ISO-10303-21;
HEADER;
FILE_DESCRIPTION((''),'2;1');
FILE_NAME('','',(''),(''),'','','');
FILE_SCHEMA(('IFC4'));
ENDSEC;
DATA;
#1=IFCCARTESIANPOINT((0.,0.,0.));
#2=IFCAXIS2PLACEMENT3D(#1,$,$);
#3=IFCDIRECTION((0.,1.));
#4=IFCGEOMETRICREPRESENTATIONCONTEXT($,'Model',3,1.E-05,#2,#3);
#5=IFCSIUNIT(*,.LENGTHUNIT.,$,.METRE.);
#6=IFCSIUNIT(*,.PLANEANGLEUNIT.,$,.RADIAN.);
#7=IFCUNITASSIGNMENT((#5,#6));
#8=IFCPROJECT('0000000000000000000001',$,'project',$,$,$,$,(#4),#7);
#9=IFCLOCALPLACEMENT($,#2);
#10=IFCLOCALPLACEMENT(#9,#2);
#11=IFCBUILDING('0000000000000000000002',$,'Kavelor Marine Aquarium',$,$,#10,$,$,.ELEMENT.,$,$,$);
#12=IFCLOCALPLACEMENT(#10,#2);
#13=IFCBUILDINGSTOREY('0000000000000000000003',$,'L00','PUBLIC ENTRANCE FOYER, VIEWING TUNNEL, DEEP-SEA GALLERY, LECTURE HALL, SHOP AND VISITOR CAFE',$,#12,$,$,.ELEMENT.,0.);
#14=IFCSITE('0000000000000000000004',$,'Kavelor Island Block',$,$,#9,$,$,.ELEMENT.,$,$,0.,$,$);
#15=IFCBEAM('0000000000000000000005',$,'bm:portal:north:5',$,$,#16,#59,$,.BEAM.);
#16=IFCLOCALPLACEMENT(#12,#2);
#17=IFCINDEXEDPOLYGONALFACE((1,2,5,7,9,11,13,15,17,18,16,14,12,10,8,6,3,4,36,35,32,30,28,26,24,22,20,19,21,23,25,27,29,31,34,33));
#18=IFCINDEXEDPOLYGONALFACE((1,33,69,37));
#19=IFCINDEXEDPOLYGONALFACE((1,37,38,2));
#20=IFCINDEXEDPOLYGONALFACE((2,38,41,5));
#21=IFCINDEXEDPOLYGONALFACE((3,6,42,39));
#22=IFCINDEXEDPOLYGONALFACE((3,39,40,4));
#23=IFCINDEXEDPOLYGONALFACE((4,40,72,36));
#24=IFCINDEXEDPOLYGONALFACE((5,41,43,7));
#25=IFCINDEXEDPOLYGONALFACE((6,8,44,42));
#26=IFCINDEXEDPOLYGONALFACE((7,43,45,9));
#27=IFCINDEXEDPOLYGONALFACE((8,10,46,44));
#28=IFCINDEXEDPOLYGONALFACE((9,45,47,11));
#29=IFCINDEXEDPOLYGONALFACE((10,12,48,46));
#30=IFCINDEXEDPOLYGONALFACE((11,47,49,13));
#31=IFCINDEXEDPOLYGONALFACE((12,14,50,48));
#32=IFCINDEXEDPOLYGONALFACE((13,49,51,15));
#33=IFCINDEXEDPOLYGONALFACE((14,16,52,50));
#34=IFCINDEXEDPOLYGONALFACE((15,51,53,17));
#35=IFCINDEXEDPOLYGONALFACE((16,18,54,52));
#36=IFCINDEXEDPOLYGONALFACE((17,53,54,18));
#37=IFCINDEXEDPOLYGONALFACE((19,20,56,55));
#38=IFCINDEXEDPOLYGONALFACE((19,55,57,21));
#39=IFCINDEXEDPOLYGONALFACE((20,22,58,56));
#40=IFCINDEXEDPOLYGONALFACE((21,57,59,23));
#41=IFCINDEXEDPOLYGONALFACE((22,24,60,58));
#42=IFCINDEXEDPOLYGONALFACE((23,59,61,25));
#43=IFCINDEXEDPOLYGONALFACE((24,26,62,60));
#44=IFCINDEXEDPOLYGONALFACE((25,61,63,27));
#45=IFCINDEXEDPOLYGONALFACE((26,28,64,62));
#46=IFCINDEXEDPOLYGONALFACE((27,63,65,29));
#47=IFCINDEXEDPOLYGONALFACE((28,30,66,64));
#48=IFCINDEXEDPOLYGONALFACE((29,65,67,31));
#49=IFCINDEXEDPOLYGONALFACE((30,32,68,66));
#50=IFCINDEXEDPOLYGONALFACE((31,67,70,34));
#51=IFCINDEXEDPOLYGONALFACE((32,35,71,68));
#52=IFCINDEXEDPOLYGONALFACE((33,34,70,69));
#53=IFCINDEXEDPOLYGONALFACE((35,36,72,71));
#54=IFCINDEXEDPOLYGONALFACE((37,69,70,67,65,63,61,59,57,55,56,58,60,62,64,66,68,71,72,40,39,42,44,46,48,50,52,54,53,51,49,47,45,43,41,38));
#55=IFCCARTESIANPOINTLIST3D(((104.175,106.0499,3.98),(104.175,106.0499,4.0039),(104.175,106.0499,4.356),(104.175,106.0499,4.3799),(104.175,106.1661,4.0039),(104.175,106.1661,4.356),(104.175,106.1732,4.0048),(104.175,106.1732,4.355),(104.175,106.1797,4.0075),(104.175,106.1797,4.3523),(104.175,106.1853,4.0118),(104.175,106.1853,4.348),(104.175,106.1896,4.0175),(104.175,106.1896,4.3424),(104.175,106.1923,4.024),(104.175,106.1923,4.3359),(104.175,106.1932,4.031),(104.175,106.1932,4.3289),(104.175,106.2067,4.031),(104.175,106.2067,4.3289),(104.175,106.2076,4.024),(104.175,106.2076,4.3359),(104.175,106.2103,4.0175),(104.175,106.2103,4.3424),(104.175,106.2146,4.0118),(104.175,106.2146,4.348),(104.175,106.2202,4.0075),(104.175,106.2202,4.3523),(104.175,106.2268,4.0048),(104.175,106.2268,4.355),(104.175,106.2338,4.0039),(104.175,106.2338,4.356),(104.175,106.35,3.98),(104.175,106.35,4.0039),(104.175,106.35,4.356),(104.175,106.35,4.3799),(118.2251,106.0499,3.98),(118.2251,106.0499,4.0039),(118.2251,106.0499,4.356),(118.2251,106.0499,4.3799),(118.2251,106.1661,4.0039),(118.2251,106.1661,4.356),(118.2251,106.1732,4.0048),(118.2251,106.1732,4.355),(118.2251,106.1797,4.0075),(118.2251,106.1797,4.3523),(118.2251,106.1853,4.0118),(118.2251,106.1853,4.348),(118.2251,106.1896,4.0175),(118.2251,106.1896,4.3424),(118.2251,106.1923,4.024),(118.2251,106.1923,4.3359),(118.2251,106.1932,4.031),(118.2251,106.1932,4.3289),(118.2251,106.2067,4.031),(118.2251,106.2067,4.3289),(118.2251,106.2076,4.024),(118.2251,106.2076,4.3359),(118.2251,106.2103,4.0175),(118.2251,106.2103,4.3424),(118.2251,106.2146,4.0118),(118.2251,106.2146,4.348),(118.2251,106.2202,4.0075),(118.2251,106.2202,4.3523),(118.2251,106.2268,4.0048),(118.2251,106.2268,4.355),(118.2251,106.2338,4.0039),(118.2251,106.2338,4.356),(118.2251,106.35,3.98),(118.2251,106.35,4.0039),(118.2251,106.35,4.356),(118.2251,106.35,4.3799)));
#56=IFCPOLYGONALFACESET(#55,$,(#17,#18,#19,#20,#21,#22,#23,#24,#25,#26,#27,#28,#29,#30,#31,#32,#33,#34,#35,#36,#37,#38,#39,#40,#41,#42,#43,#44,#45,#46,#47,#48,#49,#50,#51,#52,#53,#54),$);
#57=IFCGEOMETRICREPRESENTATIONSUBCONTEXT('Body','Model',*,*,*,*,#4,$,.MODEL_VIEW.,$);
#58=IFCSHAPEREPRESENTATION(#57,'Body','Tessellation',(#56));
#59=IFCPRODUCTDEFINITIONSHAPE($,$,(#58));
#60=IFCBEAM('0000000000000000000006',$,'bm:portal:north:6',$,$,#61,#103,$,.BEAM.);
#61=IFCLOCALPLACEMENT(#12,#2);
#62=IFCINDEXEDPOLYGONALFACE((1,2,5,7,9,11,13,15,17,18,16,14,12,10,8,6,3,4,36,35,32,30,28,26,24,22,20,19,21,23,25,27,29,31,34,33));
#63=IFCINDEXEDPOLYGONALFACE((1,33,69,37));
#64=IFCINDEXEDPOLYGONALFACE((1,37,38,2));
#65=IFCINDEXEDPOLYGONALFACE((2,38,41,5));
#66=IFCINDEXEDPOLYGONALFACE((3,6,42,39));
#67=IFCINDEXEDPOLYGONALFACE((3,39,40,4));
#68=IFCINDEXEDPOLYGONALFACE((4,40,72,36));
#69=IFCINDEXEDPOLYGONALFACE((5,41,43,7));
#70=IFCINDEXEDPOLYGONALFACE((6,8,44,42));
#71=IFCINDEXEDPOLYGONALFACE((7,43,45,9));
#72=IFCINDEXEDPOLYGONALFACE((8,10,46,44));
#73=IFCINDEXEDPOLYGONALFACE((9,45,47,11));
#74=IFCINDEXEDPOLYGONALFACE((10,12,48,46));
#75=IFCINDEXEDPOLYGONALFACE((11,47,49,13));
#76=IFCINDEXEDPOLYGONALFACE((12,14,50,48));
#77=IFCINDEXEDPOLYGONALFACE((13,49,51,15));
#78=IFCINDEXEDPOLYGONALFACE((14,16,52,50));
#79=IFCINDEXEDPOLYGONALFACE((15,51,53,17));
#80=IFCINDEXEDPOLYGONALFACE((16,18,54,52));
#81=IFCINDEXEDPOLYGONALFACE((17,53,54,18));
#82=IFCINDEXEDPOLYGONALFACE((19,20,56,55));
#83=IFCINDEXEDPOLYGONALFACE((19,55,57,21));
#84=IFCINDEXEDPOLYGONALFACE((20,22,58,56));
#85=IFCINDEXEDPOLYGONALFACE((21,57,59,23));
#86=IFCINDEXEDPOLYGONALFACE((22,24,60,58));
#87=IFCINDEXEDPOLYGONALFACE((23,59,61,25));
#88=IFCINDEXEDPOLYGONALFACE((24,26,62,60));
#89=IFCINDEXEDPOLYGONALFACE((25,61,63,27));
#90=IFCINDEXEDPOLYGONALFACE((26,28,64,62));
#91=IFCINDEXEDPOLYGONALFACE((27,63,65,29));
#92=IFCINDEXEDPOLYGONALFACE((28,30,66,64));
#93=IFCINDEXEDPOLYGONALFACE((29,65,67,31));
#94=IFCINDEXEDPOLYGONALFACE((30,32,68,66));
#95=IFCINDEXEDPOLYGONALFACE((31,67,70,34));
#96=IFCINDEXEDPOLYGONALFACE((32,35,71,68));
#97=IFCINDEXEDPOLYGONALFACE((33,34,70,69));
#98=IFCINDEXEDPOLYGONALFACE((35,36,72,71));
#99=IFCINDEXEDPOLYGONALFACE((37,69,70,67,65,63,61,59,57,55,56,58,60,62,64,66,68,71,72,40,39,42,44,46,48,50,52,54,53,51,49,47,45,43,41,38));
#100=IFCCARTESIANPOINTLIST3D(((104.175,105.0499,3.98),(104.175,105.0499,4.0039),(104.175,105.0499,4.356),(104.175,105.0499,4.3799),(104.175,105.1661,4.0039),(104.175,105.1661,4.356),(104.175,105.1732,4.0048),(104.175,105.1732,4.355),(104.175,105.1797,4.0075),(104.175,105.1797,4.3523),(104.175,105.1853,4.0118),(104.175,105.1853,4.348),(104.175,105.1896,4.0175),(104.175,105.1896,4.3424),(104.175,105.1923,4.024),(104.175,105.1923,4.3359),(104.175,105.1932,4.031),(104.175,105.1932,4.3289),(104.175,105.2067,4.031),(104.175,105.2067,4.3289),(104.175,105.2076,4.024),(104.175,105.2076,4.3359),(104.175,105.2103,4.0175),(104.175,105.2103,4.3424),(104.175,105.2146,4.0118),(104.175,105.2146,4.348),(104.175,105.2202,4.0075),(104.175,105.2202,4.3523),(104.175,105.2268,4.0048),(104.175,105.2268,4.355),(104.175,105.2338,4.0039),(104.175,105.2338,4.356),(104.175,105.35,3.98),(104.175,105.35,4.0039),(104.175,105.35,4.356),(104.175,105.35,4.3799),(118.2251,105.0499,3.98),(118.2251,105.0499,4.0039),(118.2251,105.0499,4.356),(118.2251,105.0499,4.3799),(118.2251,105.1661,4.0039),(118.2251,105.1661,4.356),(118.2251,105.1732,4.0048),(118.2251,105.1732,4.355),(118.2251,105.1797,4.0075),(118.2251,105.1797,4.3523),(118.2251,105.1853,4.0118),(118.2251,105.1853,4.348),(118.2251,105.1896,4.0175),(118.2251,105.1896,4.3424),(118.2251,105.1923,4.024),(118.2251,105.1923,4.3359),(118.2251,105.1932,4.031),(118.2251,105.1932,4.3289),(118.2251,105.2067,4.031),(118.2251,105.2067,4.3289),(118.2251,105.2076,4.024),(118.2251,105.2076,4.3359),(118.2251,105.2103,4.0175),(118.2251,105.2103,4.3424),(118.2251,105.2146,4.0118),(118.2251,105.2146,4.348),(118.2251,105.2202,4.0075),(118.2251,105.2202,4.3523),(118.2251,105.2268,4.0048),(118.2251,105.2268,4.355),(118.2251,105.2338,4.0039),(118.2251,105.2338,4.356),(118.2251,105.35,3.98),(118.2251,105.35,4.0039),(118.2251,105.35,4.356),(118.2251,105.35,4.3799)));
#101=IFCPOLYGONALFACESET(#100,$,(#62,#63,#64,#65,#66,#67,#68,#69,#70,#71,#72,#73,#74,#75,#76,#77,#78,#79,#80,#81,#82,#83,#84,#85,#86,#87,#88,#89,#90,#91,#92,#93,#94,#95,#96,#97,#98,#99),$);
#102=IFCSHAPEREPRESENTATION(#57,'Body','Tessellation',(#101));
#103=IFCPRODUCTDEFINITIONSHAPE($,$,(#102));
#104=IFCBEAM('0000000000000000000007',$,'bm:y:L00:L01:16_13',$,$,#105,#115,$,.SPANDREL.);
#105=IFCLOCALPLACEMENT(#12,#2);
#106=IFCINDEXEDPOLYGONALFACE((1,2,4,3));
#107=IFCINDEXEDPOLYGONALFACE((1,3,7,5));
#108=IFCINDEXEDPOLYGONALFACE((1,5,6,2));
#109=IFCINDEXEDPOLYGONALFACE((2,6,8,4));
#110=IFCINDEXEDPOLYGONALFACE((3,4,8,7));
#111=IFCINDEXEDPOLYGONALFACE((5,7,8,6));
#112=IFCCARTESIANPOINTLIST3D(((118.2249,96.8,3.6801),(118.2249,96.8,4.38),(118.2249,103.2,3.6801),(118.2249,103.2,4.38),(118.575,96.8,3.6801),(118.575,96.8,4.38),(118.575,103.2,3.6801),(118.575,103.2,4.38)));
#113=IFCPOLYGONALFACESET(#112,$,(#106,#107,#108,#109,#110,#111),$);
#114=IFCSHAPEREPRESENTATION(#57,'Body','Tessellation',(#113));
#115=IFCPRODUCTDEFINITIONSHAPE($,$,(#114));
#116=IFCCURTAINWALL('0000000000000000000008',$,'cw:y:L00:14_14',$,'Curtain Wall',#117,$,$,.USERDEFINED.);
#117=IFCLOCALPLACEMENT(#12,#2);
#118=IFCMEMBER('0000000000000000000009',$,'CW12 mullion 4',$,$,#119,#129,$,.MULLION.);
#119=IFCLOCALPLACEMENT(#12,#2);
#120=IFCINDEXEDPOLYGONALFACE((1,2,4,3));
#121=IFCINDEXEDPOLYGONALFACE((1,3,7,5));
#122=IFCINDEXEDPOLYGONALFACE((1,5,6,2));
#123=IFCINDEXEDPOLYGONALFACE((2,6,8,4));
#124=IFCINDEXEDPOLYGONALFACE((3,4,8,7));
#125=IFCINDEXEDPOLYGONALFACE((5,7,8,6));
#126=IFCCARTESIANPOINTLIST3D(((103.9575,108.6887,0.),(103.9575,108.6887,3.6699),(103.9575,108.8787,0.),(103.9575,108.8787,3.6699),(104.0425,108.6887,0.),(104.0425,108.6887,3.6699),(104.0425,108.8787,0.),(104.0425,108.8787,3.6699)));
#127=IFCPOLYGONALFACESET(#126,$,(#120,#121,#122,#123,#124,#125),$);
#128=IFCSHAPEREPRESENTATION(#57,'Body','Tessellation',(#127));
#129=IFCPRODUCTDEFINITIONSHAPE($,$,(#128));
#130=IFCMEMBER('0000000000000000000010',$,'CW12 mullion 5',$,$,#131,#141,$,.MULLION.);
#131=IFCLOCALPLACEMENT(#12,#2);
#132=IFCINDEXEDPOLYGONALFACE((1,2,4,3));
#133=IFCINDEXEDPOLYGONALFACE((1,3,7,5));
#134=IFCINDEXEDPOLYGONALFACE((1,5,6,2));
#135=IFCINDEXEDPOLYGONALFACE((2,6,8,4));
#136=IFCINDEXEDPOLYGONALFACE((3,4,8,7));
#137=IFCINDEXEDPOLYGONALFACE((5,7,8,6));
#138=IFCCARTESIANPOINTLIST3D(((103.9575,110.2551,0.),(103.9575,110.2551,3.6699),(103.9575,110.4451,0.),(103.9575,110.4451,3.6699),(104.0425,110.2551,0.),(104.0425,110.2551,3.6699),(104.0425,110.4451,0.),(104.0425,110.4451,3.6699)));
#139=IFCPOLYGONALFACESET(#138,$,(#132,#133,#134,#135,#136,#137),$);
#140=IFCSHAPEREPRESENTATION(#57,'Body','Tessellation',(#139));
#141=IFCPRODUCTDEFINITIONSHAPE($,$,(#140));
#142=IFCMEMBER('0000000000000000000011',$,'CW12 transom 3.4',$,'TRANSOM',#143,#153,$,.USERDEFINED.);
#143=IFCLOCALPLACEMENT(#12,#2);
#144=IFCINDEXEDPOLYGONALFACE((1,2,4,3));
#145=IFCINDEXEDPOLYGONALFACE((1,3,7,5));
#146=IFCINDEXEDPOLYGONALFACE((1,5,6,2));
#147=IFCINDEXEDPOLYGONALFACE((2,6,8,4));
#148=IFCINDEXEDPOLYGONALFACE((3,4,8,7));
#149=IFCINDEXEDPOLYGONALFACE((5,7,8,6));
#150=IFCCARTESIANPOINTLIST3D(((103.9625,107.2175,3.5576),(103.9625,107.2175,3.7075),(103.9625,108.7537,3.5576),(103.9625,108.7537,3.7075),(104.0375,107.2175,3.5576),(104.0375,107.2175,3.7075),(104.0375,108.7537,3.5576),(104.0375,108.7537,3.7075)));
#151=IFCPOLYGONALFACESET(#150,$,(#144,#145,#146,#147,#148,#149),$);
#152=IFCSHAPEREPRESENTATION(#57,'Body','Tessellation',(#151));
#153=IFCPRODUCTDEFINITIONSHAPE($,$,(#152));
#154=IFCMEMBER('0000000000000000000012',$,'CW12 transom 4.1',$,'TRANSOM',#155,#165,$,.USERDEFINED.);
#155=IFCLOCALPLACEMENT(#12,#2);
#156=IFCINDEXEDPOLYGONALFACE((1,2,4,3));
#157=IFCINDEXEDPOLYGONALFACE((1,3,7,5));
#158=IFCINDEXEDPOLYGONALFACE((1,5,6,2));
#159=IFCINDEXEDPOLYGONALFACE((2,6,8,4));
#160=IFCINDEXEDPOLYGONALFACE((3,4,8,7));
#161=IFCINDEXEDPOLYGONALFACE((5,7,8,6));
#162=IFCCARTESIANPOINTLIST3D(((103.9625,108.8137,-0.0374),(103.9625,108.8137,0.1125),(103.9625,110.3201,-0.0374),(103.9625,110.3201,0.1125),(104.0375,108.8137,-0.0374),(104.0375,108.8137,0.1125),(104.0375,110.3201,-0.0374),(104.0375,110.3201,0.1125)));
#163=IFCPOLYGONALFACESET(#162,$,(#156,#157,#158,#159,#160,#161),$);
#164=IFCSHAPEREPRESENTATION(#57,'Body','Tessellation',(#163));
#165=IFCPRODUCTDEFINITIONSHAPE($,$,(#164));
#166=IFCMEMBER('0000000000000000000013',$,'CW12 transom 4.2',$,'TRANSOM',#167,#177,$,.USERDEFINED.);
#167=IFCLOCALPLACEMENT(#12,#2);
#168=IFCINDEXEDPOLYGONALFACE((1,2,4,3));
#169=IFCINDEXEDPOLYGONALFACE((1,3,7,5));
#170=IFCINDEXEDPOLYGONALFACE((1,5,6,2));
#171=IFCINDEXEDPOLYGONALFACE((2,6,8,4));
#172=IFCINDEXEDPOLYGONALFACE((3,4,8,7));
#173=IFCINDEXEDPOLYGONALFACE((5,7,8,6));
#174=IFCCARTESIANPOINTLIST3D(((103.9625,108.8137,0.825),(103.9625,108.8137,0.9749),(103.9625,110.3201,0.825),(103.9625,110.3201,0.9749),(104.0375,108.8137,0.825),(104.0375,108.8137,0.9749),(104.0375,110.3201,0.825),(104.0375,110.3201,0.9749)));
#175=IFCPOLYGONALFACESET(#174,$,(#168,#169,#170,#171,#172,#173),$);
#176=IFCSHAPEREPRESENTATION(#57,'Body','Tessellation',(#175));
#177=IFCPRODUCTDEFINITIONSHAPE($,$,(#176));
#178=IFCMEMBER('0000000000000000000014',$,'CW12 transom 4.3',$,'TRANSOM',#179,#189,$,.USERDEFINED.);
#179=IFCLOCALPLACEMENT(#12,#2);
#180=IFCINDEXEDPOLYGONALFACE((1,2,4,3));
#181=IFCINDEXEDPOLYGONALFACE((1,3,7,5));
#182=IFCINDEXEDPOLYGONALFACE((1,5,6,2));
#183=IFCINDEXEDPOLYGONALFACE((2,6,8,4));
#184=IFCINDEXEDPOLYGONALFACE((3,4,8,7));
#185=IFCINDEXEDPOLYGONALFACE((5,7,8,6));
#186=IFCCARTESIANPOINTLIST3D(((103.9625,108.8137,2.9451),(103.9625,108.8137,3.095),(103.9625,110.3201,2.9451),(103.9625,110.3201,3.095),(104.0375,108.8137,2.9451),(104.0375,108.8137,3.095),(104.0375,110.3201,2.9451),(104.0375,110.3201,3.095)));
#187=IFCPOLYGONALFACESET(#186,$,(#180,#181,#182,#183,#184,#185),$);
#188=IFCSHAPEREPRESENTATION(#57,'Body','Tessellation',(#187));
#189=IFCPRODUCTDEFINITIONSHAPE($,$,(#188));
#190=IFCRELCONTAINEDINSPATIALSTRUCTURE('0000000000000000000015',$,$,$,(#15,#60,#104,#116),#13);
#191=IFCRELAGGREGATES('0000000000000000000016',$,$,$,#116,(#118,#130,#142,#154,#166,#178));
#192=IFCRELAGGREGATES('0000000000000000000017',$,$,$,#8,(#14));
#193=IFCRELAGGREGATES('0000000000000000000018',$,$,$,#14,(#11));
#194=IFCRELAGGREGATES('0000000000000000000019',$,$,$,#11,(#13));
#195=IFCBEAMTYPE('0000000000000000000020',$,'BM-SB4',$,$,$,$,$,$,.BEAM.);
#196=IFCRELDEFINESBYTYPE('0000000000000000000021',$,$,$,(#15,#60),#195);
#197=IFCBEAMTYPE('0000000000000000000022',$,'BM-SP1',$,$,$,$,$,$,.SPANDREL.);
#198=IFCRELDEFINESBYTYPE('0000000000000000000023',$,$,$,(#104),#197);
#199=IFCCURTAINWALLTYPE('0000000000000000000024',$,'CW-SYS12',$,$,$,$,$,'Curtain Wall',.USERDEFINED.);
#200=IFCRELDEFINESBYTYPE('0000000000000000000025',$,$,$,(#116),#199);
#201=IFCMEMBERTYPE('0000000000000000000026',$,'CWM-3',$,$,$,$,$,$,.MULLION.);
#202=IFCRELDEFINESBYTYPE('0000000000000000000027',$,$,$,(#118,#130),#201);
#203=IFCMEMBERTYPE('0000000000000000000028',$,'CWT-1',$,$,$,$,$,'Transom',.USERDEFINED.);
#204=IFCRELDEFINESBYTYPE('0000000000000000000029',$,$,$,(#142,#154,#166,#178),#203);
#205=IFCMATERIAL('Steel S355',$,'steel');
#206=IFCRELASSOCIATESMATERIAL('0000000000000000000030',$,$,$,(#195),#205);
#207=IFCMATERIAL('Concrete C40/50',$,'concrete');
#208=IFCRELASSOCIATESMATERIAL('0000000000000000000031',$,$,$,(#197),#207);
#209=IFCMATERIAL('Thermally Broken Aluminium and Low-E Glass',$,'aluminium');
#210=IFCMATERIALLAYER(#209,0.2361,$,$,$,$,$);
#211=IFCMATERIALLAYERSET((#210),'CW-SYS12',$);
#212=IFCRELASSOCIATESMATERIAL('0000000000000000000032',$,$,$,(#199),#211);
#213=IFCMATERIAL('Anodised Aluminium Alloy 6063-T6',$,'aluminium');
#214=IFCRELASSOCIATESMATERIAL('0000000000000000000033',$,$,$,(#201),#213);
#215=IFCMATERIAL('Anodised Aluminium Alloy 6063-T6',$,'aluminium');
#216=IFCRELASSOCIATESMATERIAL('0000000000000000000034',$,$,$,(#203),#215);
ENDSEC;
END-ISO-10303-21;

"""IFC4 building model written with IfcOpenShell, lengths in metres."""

from ifc_helpers import new_model, si_unit, direction, frame, origin, origin_2d, place, context, subcontext, project, spatial, rectangle, i_section, extrude, material, layer, layer_set, material_profile, profile_set, type_object, element, aggregate, save


model = new_model("IFC4")

# Units and contexts
model_context = context("Model", 3, precision=1e-05, world=origin(), true_north=direction((0.0, 1.0)))
body_context = subcontext(model_context, "Body", "Model", "MODEL_VIEW")
ifc_project = project(units=[si_unit("LENGTHUNIT", "METRE"), si_unit("PLANEANGLEUNIT", "RADIAN")], contexts=[model_context])

# Site, building, storey
site_placement = place(None, origin())
site = spatial("IfcSite", under=ifc_project, at=site_placement, Name="Kavelor Island Block", CompositionType="ELEMENT", RefElevation=0.0)
building_placement = place(site_placement, origin())
building = spatial("IfcBuilding", under=site, at=building_placement, Name="Kavelor Marine Aquarium", CompositionType="ELEMENT")
storey_placement = place(building_placement, origin())
storey = spatial("IfcBuildingStorey", under=building, at=storey_placement, Name="L00", Description="PUBLIC ENTRANCE FOYER, VIEWING TUNNEL, DEEP-SEA GALLERY, LECTURE HALL, SHOP AND VISITOR CAFE", CompositionType="ELEMENT", Elevation=0.0)

# Beams
ifc_material_1 = material(Name="Steel S355", Category="steel")
ifc_material_profile_1 = material_profile(ifc_material_1, i_section(OverallWidth=0.3, OverallDepth=0.3999, WebThickness=0.0134, FlangeThickness=0.0239, FilletRadius=0.0271, at=origin_2d()), Name="HEB 400")
ifc_profile_set_1 = profile_set([ifc_material_profile_1], Name="Steel S355")
beam_type_1 = type_object("IfcBeamType", Name="BM-SB4", PredefinedType="BEAM", material=ifc_profile_set_1)
for number, where, z_axis, x_axis, name in (
    (1, (104.175, 106.2, 4.1799), (1.0, 0.0, 0.0), (0.0, 1.0, 0.0), "bm:portal:north:5"),
    (2, (104.175, 105.2, 4.1799), (1.0, 0.0, 0.0), (0.0, 1.0, 0.0), "bm:portal:north:6"),
):
    element("IfcBeam", number, at=place(storey_placement, frame(where, z_axis=z_axis, x_axis=x_axis)), inside=storey, type_object=beam_type_1, Name=name, PredefinedType="BEAM", context=body_context, shape_type="SweptSolid", body=[
        extrude(i_section(OverallWidth=0.3, OverallDepth=0.3999, WebThickness=0.0134, FlangeThickness=0.0239, FilletRadius=0.0271, at=origin_2d()), origin(), (0.0, 0.0, 1.0), 14.05),
    ])
ifc_material_2 = material(Name="Concrete C40/50", Category="concrete")
ifc_material_profile_2 = material_profile(ifc_material_2, rectangle(XDim=0.3501, YDim=0.7, at=origin_2d()), Name="RC-SP 350x700")
ifc_profile_set_2 = profile_set([ifc_material_profile_2], Name="Concrete C40/50")
beam_type_2 = type_object("IfcBeamType", Name="BM-SP1", PredefinedType="SPANDREL", material=ifc_profile_set_2)
beam_placement = place(storey_placement, frame((118.3999, 96.8, 4.03), z_axis=(0.0, 1.0, 0.0), x_axis=(-1.0, 0.0, 0.0)))
element("IfcBeam", 3, at=beam_placement, inside=storey, type_object=beam_type_2, Name="bm:y:L00:L01:16_13", PredefinedType="SPANDREL", context=body_context, shape_type="SweptSolid", body=[
    extrude(rectangle(XDim=0.3501, YDim=0.7, at=origin_2d()), origin(), (0.0, 0.0, 1.0), 6.3999),
])

# Curtain wall, members
ifc_material_3 = material(Name="Thermally Broken Aluminium and Low-E Glass", Category="aluminium")
ifc_layer_1 = layer(ifc_material_3, 0.2361)
ifc_layer_set_1 = layer_set([ifc_layer_1], Name="CW-SYS12")
curtain_wall_type = type_object("IfcCurtainWallType", Name="CW-SYS12", ElementType="Curtain Wall", PredefinedType="USERDEFINED", material=ifc_layer_set_1)
curtain_wall_placement = place(storey_placement, origin())
curtain_wall = element("IfcCurtainWall", 4, at=curtain_wall_placement, inside=storey, type_object=curtain_wall_type, Name="cw:y:L00:14_14", ObjectType="Curtain Wall", PredefinedType="USERDEFINED")
ifc_material_4 = material(Name="Anodised Aluminium Alloy 6063-T6", Category="aluminium")
ifc_material_profile_3 = material_profile(ifc_material_4, rectangle(XDim=0.085, YDim=0.1899, at=origin_2d()), Name="CW-MUL 85x190")
ifc_profile_set_3 = profile_set([ifc_material_profile_3], Name="Anodised Aluminium Alloy 6063-T6")
member_type_1 = type_object("IfcMemberType", Name="CWM-3", PredefinedType="MULLION", material=ifc_profile_set_3)
member_1_placement = place(storey_placement, frame((104.0, 108.7837, 0.0), z_axis=(0.0, 0.0, 1.0), x_axis=(-1.0, 0.0, 0.0)))
member_1 = element("IfcMember", 5, at=member_1_placement, type_object=member_type_1, Name="CW12 mullion 4", PredefinedType="MULLION", context=body_context, shape_type="SweptSolid", body=[
    extrude(rectangle(XDim=0.085, YDim=0.1899, at=origin_2d()), origin(), (0.0, 0.0, 1.0), 3.6699),
])
member_2_placement = place(storey_placement, frame((104.0, 110.3501, 0.0), z_axis=(0.0, 0.0, 1.0), x_axis=(-1.0, 0.0, 0.0)))
member_2 = element("IfcMember", 6, at=member_2_placement, type_object=member_type_1, Name="CW12 mullion 5", PredefinedType="MULLION", context=body_context, shape_type="SweptSolid", body=[
    extrude(rectangle(XDim=0.085, YDim=0.1899, at=origin_2d()), origin(), (0.0, 0.0, 1.0), 3.6699),
])
ifc_material_5 = material(Name="Anodised Aluminium Alloy 6063-T6", Category="aluminium")
ifc_material_profile_4 = material_profile(ifc_material_5, rectangle(XDim=0.075, YDim=0.1499, at=origin_2d()), Name="CW-TRN 75x150")
ifc_profile_set_4 = profile_set([ifc_material_profile_4], Name="Anodised Aluminium Alloy 6063-T6")
member_type_2 = type_object("IfcMemberType", Name="CWT-1", ElementType="Transom", PredefinedType="USERDEFINED", material=ifc_profile_set_4)
member_3_placement = place(storey_placement, frame((104.0, 107.2175, 3.6326), z_axis=(0.0, 1.0, 0.0), x_axis=(-1.0, 0.0, 0.0)))
member_3 = element("IfcMember", 7, at=member_3_placement, type_object=member_type_2, Name="CW12 transom 3.4", ObjectType="TRANSOM", PredefinedType="USERDEFINED", context=body_context, shape_type="SweptSolid", body=[
    extrude(rectangle(XDim=0.075, YDim=0.1499, at=origin_2d()), origin(), (0.0, 0.0, 1.0), 1.5361),
])
member_4_placement = place(storey_placement, frame((104.0, 108.8137, 0.0376), z_axis=(0.0, 1.0, 0.0), x_axis=(-1.0, 0.0, 0.0)))
member_4 = element("IfcMember", 8, at=member_4_placement, type_object=member_type_2, Name="CW12 transom 4.1", ObjectType="TRANSOM", PredefinedType="USERDEFINED", context=body_context, shape_type="SweptSolid", body=[
    extrude(rectangle(XDim=0.075, YDim=0.1499, at=origin_2d()), origin(), (0.0, 0.0, 1.0), 1.5063),
])
member_5_placement = place(storey_placement, frame((104.0, 108.8137, 0.8999), z_axis=(0.0, 1.0, 0.0), x_axis=(-1.0, 0.0, 0.0)))
member_5 = element("IfcMember", 9, at=member_5_placement, type_object=member_type_2, Name="CW12 transom 4.2", ObjectType="TRANSOM", PredefinedType="USERDEFINED", context=body_context, shape_type="SweptSolid", body=[
    extrude(rectangle(XDim=0.075, YDim=0.1499, at=origin_2d()), origin(), (0.0, 0.0, 1.0), 1.5063),
])
member_6_placement = place(storey_placement, frame((104.0, 108.8137, 3.02), z_axis=(0.0, 1.0, 0.0), x_axis=(-1.0, 0.0, 0.0)))
member_6 = element("IfcMember", 10, at=member_6_placement, type_object=member_type_2, Name="CW12 transom 4.3", ObjectType="TRANSOM", PredefinedType="USERDEFINED", context=body_context, shape_type="SweptSolid", body=[
    extrude(rectangle(XDim=0.075, YDim=0.1499, at=origin_2d()), origin(), (0.0, 0.0, 1.0), 1.5063),
])
aggregate(curtain_wall, [member_1, member_2, member_3, member_4, member_5, member_6])

save(model, "model.ifc")
